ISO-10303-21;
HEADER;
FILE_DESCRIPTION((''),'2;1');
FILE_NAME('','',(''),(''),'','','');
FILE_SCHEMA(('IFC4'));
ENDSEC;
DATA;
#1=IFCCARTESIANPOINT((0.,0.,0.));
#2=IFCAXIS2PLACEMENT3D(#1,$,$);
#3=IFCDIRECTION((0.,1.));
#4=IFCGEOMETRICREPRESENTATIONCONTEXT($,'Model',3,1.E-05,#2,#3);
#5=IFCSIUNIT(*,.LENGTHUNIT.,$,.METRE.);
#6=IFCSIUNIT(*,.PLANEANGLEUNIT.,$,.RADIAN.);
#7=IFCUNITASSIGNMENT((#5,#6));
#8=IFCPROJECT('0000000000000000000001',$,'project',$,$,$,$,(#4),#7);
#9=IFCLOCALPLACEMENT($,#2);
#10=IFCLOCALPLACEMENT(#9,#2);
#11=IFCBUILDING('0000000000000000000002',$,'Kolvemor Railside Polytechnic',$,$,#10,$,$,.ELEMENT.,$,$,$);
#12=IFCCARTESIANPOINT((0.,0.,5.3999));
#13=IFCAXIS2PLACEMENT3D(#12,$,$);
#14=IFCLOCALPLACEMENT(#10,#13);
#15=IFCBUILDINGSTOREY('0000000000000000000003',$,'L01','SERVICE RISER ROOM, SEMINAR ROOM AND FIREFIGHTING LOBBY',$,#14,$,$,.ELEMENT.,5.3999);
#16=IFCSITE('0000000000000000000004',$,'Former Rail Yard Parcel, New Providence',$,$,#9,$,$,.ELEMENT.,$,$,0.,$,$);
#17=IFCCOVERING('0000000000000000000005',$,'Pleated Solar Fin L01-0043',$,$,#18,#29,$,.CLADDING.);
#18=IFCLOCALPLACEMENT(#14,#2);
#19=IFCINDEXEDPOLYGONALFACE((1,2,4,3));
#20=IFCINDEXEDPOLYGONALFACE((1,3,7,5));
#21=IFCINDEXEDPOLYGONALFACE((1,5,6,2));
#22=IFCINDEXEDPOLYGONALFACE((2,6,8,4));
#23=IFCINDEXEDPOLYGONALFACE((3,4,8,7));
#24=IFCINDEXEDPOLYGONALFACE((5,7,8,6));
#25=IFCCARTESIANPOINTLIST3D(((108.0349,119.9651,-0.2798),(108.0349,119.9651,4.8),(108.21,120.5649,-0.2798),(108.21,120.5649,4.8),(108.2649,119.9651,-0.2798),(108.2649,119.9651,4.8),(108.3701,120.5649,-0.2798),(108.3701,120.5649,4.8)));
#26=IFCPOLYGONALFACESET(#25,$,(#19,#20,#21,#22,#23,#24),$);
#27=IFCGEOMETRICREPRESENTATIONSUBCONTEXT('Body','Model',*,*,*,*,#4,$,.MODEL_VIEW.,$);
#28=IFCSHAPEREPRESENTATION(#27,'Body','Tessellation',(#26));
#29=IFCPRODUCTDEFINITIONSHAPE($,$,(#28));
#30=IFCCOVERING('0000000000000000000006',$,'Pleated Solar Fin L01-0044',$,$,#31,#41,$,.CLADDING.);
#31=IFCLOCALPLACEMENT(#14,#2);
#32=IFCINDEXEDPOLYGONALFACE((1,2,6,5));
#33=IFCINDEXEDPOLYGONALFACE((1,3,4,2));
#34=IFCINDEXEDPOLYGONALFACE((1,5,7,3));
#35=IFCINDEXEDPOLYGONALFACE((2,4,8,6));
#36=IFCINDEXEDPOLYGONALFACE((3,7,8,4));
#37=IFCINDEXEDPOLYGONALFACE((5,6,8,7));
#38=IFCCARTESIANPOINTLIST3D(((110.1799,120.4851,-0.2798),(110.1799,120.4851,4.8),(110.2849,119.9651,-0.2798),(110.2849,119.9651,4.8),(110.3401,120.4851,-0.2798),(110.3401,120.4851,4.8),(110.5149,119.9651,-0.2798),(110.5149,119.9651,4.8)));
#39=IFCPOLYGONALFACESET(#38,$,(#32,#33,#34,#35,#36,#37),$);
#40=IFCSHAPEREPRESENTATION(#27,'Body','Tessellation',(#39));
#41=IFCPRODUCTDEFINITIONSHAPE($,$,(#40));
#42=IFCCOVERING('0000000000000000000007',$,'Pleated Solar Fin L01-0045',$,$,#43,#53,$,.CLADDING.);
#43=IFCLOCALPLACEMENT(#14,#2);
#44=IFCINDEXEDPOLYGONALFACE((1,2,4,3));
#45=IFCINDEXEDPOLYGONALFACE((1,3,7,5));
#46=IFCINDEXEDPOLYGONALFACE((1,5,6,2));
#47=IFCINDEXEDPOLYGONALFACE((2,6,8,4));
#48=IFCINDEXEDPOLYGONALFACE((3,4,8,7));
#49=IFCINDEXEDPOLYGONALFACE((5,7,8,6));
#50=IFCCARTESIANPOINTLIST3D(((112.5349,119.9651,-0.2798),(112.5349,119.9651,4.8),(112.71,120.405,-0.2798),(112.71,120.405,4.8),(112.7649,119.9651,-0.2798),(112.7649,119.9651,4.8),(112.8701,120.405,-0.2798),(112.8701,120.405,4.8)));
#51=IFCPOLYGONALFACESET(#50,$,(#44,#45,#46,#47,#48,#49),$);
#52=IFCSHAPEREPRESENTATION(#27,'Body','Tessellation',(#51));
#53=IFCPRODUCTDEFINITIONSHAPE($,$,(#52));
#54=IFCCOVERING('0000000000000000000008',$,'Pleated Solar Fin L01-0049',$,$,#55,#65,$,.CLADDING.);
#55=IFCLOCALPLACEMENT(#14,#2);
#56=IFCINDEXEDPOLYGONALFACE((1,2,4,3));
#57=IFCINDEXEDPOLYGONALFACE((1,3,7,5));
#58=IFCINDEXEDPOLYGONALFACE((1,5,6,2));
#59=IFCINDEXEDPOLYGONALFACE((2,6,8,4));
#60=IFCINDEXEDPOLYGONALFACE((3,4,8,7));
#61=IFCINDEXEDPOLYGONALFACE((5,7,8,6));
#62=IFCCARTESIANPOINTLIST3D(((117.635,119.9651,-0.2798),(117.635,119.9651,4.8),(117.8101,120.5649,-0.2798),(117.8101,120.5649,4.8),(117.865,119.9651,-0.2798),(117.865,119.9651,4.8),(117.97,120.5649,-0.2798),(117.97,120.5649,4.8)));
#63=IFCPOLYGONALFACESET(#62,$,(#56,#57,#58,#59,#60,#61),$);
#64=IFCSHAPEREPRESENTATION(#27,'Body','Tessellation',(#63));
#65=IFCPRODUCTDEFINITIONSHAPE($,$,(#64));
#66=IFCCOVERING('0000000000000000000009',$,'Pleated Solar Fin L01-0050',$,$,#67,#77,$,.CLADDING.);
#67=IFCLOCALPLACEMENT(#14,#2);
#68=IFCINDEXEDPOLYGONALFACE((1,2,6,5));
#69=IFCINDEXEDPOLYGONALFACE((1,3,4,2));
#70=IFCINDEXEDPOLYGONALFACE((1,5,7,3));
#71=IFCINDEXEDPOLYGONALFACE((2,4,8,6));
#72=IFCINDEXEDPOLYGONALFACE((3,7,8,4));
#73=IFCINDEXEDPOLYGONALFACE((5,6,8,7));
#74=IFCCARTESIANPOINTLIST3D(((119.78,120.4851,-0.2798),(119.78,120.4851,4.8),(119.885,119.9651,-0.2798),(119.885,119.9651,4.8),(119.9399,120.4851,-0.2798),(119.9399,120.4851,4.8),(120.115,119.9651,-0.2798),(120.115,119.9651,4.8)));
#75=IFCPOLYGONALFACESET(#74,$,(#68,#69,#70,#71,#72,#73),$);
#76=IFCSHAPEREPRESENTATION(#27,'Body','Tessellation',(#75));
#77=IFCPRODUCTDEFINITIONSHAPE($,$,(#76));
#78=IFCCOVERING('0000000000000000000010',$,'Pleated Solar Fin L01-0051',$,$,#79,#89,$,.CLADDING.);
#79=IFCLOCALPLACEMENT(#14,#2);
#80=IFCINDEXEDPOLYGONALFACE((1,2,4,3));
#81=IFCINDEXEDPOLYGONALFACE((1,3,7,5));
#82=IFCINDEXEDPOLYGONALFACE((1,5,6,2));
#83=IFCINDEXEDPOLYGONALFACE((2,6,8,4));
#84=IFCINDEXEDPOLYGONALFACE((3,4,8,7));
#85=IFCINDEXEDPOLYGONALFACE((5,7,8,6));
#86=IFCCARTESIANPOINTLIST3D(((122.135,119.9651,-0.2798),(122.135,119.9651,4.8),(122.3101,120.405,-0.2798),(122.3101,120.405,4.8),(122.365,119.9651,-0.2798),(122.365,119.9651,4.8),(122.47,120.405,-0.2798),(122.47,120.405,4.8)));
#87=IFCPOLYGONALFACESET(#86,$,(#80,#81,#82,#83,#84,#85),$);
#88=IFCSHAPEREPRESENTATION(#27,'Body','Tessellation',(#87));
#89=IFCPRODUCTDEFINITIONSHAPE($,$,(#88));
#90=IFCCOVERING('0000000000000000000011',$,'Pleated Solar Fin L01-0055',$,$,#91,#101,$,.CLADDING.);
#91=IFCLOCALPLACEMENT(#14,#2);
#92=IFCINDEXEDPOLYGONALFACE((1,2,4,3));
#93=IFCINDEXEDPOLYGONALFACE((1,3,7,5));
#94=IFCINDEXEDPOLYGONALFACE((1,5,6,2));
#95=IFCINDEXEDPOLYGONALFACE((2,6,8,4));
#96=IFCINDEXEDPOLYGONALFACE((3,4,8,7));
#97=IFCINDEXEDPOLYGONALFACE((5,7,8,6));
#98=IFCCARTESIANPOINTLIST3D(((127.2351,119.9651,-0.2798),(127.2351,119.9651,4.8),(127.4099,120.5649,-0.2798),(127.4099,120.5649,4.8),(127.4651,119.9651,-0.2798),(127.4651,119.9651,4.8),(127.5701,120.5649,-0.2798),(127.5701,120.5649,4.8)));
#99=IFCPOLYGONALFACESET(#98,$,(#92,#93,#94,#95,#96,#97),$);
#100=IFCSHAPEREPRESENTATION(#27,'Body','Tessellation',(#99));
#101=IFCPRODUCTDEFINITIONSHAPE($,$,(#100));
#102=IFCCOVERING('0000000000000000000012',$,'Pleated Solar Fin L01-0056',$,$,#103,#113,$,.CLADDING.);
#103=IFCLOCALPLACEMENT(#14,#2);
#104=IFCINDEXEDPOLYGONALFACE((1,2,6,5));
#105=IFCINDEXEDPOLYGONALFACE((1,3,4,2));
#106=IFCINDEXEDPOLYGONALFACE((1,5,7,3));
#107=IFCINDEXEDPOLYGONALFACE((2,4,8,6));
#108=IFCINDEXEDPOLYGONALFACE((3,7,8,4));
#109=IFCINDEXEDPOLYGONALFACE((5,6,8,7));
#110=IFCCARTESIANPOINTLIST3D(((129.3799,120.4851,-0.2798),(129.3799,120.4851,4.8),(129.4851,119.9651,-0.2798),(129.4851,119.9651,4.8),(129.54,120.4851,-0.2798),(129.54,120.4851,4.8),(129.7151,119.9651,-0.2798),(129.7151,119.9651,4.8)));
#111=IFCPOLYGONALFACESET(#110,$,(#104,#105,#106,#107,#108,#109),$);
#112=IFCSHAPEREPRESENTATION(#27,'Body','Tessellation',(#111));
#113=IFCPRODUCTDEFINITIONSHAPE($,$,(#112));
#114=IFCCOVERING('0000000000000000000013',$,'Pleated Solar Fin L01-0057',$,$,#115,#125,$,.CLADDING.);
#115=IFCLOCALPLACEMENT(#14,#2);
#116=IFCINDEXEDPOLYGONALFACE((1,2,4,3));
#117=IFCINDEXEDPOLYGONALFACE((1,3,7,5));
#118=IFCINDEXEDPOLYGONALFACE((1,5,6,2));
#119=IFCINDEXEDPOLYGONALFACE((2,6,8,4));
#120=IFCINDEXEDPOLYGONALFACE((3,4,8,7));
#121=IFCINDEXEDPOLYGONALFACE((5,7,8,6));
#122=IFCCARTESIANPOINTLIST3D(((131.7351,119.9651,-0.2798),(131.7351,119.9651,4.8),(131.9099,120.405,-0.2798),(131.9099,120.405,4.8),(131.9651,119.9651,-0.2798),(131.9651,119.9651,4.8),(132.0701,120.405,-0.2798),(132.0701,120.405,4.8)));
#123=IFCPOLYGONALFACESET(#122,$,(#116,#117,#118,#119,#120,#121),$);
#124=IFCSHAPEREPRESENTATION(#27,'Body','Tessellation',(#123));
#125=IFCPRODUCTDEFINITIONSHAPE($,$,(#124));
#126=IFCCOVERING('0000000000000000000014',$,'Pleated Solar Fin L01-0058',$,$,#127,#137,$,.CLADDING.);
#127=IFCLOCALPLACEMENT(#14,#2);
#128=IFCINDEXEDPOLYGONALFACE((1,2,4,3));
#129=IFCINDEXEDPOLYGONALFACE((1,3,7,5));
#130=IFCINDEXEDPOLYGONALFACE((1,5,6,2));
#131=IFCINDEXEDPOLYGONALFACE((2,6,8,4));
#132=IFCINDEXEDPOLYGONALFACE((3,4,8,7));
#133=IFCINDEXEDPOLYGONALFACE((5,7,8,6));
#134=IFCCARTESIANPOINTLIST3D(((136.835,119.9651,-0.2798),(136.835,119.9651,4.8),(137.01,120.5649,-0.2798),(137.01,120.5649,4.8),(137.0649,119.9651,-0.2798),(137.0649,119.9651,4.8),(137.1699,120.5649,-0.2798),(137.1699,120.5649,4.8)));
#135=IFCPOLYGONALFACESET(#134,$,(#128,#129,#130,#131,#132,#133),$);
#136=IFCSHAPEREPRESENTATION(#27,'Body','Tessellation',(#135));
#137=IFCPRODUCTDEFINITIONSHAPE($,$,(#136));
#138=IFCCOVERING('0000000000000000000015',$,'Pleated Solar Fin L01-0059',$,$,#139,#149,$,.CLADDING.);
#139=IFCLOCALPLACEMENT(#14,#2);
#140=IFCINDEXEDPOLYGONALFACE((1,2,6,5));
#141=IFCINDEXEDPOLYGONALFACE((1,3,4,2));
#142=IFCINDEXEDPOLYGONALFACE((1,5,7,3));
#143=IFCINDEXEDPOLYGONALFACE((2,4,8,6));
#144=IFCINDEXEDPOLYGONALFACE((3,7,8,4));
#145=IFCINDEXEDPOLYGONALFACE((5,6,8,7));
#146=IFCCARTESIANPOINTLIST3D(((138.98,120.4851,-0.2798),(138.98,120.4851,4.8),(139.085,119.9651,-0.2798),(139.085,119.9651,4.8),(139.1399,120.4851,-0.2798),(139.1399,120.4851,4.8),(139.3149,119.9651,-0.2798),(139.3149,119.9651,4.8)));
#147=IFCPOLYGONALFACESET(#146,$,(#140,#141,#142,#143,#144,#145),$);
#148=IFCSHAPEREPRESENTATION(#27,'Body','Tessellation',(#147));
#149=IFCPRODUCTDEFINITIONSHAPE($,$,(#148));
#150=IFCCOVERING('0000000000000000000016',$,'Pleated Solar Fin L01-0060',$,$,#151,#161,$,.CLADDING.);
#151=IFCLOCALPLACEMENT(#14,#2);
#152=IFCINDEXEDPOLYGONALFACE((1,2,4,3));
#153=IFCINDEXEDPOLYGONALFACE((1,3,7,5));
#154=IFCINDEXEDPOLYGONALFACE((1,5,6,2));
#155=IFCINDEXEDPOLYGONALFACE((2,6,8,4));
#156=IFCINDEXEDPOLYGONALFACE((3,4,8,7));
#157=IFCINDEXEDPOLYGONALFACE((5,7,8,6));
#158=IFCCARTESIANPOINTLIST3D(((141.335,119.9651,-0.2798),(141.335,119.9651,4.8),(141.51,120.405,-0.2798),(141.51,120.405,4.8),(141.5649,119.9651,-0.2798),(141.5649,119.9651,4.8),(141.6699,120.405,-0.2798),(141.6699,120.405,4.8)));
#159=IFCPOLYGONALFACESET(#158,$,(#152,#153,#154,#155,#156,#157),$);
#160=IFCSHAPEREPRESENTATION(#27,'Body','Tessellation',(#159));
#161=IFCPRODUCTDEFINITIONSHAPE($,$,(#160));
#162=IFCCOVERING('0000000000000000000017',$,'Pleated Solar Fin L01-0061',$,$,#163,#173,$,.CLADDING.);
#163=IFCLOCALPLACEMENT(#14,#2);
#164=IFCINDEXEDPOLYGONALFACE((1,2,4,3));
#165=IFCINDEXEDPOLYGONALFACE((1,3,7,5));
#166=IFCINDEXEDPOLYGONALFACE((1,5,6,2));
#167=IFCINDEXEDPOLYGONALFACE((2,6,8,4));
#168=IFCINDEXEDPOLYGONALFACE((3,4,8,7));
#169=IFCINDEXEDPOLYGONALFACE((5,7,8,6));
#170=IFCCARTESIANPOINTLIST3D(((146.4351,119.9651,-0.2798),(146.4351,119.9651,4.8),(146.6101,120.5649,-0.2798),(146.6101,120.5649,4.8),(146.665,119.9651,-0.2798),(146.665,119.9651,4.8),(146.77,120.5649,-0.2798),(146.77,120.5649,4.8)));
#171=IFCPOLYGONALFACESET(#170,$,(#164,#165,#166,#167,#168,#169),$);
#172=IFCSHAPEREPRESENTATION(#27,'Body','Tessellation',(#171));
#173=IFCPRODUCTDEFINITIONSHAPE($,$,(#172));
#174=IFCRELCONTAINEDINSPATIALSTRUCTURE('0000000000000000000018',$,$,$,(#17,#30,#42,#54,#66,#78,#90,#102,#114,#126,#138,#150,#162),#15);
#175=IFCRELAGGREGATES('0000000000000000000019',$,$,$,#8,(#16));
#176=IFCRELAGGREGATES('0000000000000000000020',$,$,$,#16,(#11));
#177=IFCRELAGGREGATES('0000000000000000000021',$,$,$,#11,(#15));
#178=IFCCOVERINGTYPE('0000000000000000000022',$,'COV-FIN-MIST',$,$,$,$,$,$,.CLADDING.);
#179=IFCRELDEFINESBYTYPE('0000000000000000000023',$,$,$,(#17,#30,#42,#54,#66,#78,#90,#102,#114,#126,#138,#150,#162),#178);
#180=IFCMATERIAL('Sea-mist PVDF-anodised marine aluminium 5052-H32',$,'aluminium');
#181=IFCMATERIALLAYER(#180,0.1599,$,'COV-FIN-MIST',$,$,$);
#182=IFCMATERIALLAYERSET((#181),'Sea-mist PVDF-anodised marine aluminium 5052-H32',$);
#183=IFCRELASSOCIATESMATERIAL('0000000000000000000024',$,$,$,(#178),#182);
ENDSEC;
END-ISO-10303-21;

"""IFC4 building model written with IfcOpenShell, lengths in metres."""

from ifc_helpers import new_model, si_unit, direction, frame, origin, place, context, subcontext, project, spatial, polyline, outline, extrude, material, layer, layer_set, type_object, element, save


model = new_model("IFC4")

# Units and contexts
model_context = context("Model", 3, precision=1e-05, world=origin(), true_north=direction((0.0, 1.0)))
body_context = subcontext(model_context, "Body", "Model", "MODEL_VIEW")
ifc_project = project(units=[si_unit("LENGTHUNIT", "METRE"), si_unit("PLANEANGLEUNIT", "RADIAN")], contexts=[model_context])

# Site, building, storey
site_placement = place(None, origin())
site = spatial("IfcSite", under=ifc_project, at=site_placement, Name="Former Rail Yard Parcel, New Providence", CompositionType="ELEMENT", RefElevation=0.0)
building_placement = place(site_placement, origin())
building = spatial("IfcBuilding", under=site, at=building_placement, Name="Kolvemor Railside Polytechnic", CompositionType="ELEMENT")
storey_placement = place(building_placement, frame((0.0, 0.0, 5.3999)))
storey = spatial("IfcBuildingStorey", under=building, at=storey_placement, Name="L01", Description="SERVICE RISER ROOM, SEMINAR ROOM AND FIREFIGHTING LOBBY", CompositionType="ELEMENT", Elevation=5.3999)

# Coverings
ifc_material_1 = material(Name="Sea-mist PVDF-anodised marine aluminium 5052-H32", Category="aluminium")
ifc_layer_1 = layer(ifc_material_1, 0.1599, Name="COV-FIN-MIST")
ifc_layer_set_1 = layer_set([ifc_layer_1], Name="Sea-mist PVDF-anodised marine aluminium 5052-H32")
covering_type_1 = type_object("IfcCoveringType", Name="COV-FIN-MIST", PredefinedType="CLADDING", material=ifc_layer_set_1)
covering_1_placement = place(storey_placement, frame((0.0, 0.0, -0.2798)))
element("IfcCovering", 1, at=covering_1_placement, inside=storey, type_object=covering_type_1, Name="Pleated Solar Fin L01-0043", PredefinedType="CLADDING", context=body_context, shape_type="SweptSolid", body=[
    extrude(outline(polyline([(108.0349, 119.9651), (108.2649, 119.9651), (108.3701, 120.5649), (108.21, 120.5649), (108.0349, 119.9651)])), origin(), (0.0, 0.0, 1.0), 5.0798),
])
covering_2_placement = place(storey_placement, frame((0.0, 0.0, -0.2798)))
element("IfcCovering", 2, at=covering_2_placement, inside=storey, type_object=covering_type_1, Name="Pleated Solar Fin L01-0044", PredefinedType="CLADDING", context=body_context, shape_type="SweptSolid", body=[
    extrude(outline(polyline([(110.2849, 119.9651), (110.5149, 119.9651), (110.3401, 120.4851), (110.1799, 120.4851), (110.2849, 119.9651)])), origin(), (0.0, 0.0, 1.0), 5.0798),
])
covering_3_placement = place(storey_placement, frame((0.0, 0.0, -0.2798)))
element("IfcCovering", 3, at=covering_3_placement, inside=storey, type_object=covering_type_1, Name="Pleated Solar Fin L01-0045", PredefinedType="CLADDING", context=body_context, shape_type="SweptSolid", body=[
    extrude(outline(polyline([(112.5349, 119.9651), (112.7649, 119.9651), (112.8701, 120.405), (112.71, 120.405), (112.5349, 119.9651)])), origin(), (0.0, 0.0, 1.0), 5.0798),
])
covering_4_placement = place(storey_placement, frame((0.0, 0.0, -0.2798)))
element("IfcCovering", 4, at=covering_4_placement, inside=storey, type_object=covering_type_1, Name="Pleated Solar Fin L01-0049", PredefinedType="CLADDING", context=body_context, shape_type="SweptSolid", body=[
    extrude(outline(polyline([(117.635, 119.9651), (117.865, 119.9651), (117.97, 120.5649), (117.8101, 120.5649), (117.635, 119.9651)])), origin(), (0.0, 0.0, 1.0), 5.0798),
])
covering_5_placement = place(storey_placement, frame((0.0, 0.0, -0.2798)))
element("IfcCovering", 5, at=covering_5_placement, inside=storey, type_object=covering_type_1, Name="Pleated Solar Fin L01-0050", PredefinedType="CLADDING", context=body_context, shape_type="SweptSolid", body=[
    extrude(outline(polyline([(119.885, 119.9651), (120.115, 119.9651), (119.9399, 120.4851), (119.78, 120.4851), (119.885, 119.9651)])), origin(), (0.0, 0.0, 1.0), 5.0798),
])
covering_6_placement = place(storey_placement, frame((0.0, 0.0, -0.2798)))
element("IfcCovering", 6, at=covering_6_placement, inside=storey, type_object=covering_type_1, Name="Pleated Solar Fin L01-0051", PredefinedType="CLADDING", context=body_context, shape_type="SweptSolid", body=[
    extrude(outline(polyline([(122.135, 119.9651), (122.365, 119.9651), (122.47, 120.405), (122.3101, 120.405), (122.135, 119.9651)])), origin(), (0.0, 0.0, 1.0), 5.0798),
])
covering_7_placement = place(storey_placement, frame((0.0, 0.0, -0.2798)))
element("IfcCovering", 7, at=covering_7_placement, inside=storey, type_object=covering_type_1, Name="Pleated Solar Fin L01-0055", PredefinedType="CLADDING", context=body_context, shape_type="SweptSolid", body=[
    extrude(outline(polyline([(127.2351, 119.9651), (127.4651, 119.9651), (127.5701, 120.5649), (127.4099, 120.5649), (127.2351, 119.9651)])), origin(), (0.0, 0.0, 1.0), 5.0798),
])
covering_8_placement = place(storey_placement, frame((0.0, 0.0, -0.2798)))
element("IfcCovering", 8, at=covering_8_placement, inside=storey, type_object=covering_type_1, Name="Pleated Solar Fin L01-0056", PredefinedType="CLADDING", context=body_context, shape_type="SweptSolid", body=[
    extrude(outline(polyline([(129.4851, 119.9651), (129.7151, 119.9651), (129.54, 120.4851), (129.3799, 120.4851), (129.4851, 119.9651)])), origin(), (0.0, 0.0, 1.0), 5.0798),
])
covering_9_placement = place(storey_placement, frame((0.0, 0.0, -0.2798)))
element("IfcCovering", 9, at=covering_9_placement, inside=storey, type_object=covering_type_1, Name="Pleated Solar Fin L01-0057", PredefinedType="CLADDING", context=body_context, shape_type="SweptSolid", body=[
    extrude(outline(polyline([(131.7351, 119.9651), (131.9651, 119.9651), (132.0701, 120.405), (131.9099, 120.405), (131.7351, 119.9651)])), origin(), (0.0, 0.0, 1.0), 5.0798),
])
covering_10_placement = place(storey_placement, frame((0.0, 0.0, -0.2798)))
element("IfcCovering", 10, at=covering_10_placement, inside=storey, type_object=covering_type_1, Name="Pleated Solar Fin L01-0058", PredefinedType="CLADDING", context=body_context, shape_type="SweptSolid", body=[
    extrude(outline(polyline([(136.835, 119.9651), (137.0649, 119.9651), (137.1699, 120.5649), (137.01, 120.5649), (136.835, 119.9651)])), origin(), (0.0, 0.0, 1.0), 5.0798),
])
covering_11_placement = place(storey_placement, frame((0.0, 0.0, -0.2798)))
element("IfcCovering", 11, at=covering_11_placement, inside=storey, type_object=covering_type_1, Name="Pleated Solar Fin L01-0059", PredefinedType="CLADDING", context=body_context, shape_type="SweptSolid", body=[
    extrude(outline(polyline([(139.085, 119.9651), (139.3149, 119.9651), (139.1399, 120.4851), (138.98, 120.4851), (139.085, 119.9651)])), origin(), (0.0, 0.0, 1.0), 5.0798),
])
covering_12_placement = place(storey_placement, frame((0.0, 0.0, -0.2798)))
element("IfcCovering", 12, at=covering_12_placement, inside=storey, type_object=covering_type_1, Name="Pleated Solar Fin L01-0060", PredefinedType="CLADDING", context=body_context, shape_type="SweptSolid", body=[
    extrude(outline(polyline([(141.335, 119.9651), (141.5649, 119.9651), (141.6699, 120.405), (141.51, 120.405), (141.335, 119.9651)])), origin(), (0.0, 0.0, 1.0), 5.0798),
])
covering_13_placement = place(storey_placement, frame((0.0, 0.0, -0.2798)))
element("IfcCovering", 13, at=covering_13_placement, inside=storey, type_object=covering_type_1, Name="Pleated Solar Fin L01-0061", PredefinedType="CLADDING", context=body_context, shape_type="SweptSolid", body=[
    extrude(outline(polyline([(146.4351, 119.9651), (146.665, 119.9651), (146.77, 120.5649), (146.6101, 120.5649), (146.4351, 119.9651)])), origin(), (0.0, 0.0, 1.0), 5.0798),
])

save(model, "model.ifc")
